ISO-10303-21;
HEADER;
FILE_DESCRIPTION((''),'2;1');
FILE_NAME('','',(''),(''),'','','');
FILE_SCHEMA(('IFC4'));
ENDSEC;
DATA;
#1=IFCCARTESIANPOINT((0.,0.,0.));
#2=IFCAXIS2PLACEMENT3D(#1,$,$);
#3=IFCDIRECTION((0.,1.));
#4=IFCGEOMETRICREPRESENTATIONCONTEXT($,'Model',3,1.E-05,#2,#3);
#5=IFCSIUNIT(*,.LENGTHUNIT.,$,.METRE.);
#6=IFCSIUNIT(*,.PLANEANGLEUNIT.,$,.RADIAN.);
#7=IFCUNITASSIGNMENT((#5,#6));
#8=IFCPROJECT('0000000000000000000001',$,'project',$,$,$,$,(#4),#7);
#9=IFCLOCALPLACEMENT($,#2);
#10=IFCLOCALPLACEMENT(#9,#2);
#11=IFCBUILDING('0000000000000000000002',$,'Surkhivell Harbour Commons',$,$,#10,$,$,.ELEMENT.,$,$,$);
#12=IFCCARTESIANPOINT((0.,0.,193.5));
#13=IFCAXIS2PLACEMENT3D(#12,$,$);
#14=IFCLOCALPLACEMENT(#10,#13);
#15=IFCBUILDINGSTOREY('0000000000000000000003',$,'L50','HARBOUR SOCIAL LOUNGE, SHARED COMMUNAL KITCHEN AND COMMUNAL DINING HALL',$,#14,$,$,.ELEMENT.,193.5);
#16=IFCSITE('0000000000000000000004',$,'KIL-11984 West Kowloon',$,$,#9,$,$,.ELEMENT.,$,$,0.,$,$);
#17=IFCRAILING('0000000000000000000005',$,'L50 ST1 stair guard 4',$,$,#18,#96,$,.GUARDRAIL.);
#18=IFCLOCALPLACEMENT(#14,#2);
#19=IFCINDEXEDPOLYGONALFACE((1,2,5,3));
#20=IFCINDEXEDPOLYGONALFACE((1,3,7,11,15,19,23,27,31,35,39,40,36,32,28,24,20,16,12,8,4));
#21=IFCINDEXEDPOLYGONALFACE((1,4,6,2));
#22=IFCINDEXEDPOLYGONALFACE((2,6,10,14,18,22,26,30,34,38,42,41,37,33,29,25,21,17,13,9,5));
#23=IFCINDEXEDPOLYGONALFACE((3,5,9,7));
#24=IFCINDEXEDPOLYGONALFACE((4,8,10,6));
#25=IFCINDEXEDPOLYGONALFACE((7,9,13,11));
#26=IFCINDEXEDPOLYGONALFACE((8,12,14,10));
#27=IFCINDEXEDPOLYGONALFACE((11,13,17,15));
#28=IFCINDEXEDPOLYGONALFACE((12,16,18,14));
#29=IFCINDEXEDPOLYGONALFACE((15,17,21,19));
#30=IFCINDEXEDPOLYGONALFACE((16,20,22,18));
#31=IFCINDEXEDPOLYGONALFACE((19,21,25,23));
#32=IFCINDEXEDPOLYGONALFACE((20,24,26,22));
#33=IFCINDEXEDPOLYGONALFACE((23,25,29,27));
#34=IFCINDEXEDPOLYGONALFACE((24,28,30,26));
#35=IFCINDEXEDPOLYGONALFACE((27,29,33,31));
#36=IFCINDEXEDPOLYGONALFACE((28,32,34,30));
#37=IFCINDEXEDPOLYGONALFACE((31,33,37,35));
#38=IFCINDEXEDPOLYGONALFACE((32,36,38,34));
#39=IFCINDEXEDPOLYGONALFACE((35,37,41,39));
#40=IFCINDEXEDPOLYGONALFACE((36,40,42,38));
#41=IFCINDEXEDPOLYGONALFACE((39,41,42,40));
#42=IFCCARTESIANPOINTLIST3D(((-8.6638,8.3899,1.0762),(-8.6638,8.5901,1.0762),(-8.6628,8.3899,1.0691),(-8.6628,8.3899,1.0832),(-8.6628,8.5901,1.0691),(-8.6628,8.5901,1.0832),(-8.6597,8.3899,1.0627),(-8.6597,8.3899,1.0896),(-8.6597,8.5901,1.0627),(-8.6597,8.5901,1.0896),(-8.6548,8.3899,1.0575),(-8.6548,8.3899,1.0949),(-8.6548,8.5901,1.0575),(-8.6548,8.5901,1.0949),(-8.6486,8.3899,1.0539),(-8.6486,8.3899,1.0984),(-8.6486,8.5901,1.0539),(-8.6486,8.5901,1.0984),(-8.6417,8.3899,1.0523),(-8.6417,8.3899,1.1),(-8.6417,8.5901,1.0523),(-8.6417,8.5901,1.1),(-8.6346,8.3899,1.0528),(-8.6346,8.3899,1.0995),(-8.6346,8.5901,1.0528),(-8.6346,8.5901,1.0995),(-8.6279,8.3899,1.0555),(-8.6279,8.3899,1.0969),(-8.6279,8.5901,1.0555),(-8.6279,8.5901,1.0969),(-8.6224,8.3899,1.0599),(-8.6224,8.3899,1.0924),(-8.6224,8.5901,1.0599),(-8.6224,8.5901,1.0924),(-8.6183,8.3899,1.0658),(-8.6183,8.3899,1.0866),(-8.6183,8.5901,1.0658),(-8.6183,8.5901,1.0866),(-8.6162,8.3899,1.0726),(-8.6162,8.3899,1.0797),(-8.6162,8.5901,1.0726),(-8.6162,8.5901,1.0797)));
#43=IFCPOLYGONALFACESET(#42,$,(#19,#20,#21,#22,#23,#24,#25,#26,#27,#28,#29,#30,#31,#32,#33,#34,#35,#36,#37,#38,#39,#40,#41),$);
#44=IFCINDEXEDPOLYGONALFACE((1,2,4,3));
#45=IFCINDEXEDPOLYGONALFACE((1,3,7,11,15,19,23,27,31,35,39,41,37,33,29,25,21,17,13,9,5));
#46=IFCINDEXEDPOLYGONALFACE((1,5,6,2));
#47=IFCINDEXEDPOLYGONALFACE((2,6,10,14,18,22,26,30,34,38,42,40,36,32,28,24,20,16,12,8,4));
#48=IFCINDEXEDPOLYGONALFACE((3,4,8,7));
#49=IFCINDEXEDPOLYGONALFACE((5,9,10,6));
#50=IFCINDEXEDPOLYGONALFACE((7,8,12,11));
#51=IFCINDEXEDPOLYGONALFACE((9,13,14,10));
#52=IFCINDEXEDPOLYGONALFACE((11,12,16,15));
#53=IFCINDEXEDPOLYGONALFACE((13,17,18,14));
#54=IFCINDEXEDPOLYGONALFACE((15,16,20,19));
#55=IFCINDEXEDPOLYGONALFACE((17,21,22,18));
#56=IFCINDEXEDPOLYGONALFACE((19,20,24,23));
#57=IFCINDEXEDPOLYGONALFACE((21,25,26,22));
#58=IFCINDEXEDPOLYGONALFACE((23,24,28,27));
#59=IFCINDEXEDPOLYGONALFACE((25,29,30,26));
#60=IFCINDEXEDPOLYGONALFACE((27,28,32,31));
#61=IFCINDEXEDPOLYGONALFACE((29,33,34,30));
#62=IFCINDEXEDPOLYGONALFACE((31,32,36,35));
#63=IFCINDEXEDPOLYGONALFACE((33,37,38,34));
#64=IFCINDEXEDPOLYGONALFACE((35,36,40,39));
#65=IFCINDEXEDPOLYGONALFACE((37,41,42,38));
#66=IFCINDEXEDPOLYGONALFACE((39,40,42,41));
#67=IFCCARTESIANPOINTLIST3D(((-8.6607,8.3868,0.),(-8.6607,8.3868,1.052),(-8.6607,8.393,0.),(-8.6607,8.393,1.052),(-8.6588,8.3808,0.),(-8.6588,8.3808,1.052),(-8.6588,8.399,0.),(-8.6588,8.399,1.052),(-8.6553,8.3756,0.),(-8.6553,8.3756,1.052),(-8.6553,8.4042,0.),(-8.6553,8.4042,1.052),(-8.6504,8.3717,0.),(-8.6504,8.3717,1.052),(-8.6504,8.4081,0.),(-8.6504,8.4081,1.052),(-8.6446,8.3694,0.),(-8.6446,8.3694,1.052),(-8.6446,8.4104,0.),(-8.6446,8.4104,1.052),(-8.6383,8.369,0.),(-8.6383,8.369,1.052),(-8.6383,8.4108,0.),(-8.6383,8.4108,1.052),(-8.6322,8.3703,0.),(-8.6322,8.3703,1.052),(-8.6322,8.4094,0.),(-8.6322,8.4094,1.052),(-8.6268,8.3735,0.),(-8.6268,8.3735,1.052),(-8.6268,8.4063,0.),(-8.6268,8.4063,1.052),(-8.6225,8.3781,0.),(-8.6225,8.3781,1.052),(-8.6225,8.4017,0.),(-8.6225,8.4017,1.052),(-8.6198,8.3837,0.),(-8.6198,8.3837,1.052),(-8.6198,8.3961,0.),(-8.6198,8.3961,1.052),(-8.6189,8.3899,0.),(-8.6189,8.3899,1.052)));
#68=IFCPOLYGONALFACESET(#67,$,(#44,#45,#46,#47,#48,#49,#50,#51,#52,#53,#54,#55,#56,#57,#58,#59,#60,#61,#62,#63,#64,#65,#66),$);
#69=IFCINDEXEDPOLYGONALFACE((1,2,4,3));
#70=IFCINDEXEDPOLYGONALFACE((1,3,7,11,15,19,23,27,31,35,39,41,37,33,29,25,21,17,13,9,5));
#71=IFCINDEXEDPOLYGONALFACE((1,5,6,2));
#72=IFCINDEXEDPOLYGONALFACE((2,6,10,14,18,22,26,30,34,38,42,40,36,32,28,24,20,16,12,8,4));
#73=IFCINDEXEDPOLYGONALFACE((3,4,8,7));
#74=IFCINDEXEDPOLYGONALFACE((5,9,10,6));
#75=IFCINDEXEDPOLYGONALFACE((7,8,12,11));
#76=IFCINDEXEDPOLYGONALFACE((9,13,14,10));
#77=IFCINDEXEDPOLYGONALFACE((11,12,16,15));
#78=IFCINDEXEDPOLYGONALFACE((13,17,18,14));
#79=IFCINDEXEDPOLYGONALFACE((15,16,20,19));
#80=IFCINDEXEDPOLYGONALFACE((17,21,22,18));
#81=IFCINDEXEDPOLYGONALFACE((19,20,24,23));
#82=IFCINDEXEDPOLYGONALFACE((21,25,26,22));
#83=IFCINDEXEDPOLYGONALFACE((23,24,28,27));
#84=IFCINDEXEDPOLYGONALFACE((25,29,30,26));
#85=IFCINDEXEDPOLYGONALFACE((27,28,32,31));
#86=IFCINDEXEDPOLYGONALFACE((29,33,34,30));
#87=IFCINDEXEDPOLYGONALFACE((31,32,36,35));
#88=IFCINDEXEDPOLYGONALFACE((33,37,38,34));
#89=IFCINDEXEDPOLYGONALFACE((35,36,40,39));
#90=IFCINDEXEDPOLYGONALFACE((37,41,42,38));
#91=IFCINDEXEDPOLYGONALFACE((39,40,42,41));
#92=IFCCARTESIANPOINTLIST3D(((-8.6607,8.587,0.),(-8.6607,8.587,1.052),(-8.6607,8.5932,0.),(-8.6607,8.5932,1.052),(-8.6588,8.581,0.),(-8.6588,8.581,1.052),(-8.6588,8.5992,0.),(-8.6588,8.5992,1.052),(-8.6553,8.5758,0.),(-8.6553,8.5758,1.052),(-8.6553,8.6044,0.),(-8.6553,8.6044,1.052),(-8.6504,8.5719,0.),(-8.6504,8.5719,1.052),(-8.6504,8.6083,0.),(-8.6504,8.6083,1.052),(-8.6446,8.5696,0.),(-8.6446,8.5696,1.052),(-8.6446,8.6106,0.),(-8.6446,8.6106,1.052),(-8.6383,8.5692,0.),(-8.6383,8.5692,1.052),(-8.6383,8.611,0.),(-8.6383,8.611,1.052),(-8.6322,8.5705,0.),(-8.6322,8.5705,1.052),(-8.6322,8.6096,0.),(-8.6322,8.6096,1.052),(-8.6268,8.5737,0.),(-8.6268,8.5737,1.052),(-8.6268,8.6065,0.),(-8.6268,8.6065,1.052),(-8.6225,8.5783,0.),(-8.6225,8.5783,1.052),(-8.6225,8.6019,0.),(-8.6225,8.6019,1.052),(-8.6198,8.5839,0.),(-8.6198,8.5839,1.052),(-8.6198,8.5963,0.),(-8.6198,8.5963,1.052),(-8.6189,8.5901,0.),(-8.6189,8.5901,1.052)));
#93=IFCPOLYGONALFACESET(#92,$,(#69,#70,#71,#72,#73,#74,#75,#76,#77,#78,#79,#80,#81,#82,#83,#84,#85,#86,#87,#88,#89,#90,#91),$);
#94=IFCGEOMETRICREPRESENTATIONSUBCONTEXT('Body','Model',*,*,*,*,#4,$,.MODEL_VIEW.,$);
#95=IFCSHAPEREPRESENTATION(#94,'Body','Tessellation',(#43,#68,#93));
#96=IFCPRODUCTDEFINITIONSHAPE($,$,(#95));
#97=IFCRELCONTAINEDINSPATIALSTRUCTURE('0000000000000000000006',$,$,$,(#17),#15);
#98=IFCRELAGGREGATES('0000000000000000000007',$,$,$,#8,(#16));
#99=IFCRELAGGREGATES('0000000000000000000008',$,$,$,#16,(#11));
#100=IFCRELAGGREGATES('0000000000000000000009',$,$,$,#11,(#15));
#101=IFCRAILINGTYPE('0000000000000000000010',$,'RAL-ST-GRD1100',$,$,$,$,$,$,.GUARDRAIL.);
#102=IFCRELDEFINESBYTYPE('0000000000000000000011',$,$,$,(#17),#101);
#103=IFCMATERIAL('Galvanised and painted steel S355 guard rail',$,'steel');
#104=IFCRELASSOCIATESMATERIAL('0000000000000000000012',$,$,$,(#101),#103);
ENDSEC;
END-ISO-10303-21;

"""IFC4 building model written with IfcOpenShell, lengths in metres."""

from ifc_helpers import new_model, si_unit, direction, frame, origin, origin_2d, place, context, subcontext, project, spatial, circle, extrude, material, type_object, element, save


model = new_model("IFC4")

# Units and contexts
model_context = context("Model", 3, precision=1e-05, world=origin(), true_north=direction((0.0, 1.0)))
body_context = subcontext(model_context, "Body", "Model", "MODEL_VIEW")
ifc_project = project(units=[si_unit("LENGTHUNIT", "METRE"), si_unit("PLANEANGLEUNIT", "RADIAN")], contexts=[model_context])

# Site, building, storey
site_placement = place(None, origin())
site = spatial("IfcSite", under=ifc_project, at=site_placement, Name="KIL-11984 West Kowloon", CompositionType="ELEMENT", RefElevation=0.0)
building_placement = place(site_placement, origin())
building = spatial("IfcBuilding", under=site, at=building_placement, Name="Surkhivell Harbour Commons", CompositionType="ELEMENT")
storey_placement = place(building_placement, frame((0.0, 0.0, 193.5)))
storey = spatial("IfcBuildingStorey", under=building, at=storey_placement, Name="L50", Description="HARBOUR SOCIAL LOUNGE, SHARED COMMUNAL KITCHEN AND COMMUNAL DINING HALL", CompositionType="ELEMENT", Elevation=193.5)

# Railing
ifc_material_1 = material(Name="Galvanised and painted steel S355 guard rail", Category="steel")
railing_type_1 = type_object("IfcRailingType", Name="RAL-ST-GRD1100", PredefinedType="GUARDRAIL", material=ifc_material_1)
railing_1_placement = place(storey_placement, frame((-8.6399, 8.3899, 0.0)))
element("IfcRailing", 1, at=railing_1_placement, inside=storey, type_object=railing_type_1, Name="L50 ST1 stair guard 4", PredefinedType="GUARDRAIL", context=body_context, shape_type="SweptSolid", body=[
    extrude(circle(Radius=0.0239, at=origin_2d()), frame((0.0, 0.0, 1.0762), z_axis=(0.0, 1.0, 0.0), x_axis=(-1.0, 0.0, 0.0)), (0.0, 0.0, 1.0), 0.2002),
    extrude(circle(Radius=0.021, at=origin_2d()), origin(), (0.0, 0.0, 1.0), 1.052),
    extrude(circle(Radius=0.021, at=origin_2d()), frame((0.0, 0.2002, 0.0)), (0.0, 0.0, 1.0), 1.052),
])

save(model, "model.ifc")
